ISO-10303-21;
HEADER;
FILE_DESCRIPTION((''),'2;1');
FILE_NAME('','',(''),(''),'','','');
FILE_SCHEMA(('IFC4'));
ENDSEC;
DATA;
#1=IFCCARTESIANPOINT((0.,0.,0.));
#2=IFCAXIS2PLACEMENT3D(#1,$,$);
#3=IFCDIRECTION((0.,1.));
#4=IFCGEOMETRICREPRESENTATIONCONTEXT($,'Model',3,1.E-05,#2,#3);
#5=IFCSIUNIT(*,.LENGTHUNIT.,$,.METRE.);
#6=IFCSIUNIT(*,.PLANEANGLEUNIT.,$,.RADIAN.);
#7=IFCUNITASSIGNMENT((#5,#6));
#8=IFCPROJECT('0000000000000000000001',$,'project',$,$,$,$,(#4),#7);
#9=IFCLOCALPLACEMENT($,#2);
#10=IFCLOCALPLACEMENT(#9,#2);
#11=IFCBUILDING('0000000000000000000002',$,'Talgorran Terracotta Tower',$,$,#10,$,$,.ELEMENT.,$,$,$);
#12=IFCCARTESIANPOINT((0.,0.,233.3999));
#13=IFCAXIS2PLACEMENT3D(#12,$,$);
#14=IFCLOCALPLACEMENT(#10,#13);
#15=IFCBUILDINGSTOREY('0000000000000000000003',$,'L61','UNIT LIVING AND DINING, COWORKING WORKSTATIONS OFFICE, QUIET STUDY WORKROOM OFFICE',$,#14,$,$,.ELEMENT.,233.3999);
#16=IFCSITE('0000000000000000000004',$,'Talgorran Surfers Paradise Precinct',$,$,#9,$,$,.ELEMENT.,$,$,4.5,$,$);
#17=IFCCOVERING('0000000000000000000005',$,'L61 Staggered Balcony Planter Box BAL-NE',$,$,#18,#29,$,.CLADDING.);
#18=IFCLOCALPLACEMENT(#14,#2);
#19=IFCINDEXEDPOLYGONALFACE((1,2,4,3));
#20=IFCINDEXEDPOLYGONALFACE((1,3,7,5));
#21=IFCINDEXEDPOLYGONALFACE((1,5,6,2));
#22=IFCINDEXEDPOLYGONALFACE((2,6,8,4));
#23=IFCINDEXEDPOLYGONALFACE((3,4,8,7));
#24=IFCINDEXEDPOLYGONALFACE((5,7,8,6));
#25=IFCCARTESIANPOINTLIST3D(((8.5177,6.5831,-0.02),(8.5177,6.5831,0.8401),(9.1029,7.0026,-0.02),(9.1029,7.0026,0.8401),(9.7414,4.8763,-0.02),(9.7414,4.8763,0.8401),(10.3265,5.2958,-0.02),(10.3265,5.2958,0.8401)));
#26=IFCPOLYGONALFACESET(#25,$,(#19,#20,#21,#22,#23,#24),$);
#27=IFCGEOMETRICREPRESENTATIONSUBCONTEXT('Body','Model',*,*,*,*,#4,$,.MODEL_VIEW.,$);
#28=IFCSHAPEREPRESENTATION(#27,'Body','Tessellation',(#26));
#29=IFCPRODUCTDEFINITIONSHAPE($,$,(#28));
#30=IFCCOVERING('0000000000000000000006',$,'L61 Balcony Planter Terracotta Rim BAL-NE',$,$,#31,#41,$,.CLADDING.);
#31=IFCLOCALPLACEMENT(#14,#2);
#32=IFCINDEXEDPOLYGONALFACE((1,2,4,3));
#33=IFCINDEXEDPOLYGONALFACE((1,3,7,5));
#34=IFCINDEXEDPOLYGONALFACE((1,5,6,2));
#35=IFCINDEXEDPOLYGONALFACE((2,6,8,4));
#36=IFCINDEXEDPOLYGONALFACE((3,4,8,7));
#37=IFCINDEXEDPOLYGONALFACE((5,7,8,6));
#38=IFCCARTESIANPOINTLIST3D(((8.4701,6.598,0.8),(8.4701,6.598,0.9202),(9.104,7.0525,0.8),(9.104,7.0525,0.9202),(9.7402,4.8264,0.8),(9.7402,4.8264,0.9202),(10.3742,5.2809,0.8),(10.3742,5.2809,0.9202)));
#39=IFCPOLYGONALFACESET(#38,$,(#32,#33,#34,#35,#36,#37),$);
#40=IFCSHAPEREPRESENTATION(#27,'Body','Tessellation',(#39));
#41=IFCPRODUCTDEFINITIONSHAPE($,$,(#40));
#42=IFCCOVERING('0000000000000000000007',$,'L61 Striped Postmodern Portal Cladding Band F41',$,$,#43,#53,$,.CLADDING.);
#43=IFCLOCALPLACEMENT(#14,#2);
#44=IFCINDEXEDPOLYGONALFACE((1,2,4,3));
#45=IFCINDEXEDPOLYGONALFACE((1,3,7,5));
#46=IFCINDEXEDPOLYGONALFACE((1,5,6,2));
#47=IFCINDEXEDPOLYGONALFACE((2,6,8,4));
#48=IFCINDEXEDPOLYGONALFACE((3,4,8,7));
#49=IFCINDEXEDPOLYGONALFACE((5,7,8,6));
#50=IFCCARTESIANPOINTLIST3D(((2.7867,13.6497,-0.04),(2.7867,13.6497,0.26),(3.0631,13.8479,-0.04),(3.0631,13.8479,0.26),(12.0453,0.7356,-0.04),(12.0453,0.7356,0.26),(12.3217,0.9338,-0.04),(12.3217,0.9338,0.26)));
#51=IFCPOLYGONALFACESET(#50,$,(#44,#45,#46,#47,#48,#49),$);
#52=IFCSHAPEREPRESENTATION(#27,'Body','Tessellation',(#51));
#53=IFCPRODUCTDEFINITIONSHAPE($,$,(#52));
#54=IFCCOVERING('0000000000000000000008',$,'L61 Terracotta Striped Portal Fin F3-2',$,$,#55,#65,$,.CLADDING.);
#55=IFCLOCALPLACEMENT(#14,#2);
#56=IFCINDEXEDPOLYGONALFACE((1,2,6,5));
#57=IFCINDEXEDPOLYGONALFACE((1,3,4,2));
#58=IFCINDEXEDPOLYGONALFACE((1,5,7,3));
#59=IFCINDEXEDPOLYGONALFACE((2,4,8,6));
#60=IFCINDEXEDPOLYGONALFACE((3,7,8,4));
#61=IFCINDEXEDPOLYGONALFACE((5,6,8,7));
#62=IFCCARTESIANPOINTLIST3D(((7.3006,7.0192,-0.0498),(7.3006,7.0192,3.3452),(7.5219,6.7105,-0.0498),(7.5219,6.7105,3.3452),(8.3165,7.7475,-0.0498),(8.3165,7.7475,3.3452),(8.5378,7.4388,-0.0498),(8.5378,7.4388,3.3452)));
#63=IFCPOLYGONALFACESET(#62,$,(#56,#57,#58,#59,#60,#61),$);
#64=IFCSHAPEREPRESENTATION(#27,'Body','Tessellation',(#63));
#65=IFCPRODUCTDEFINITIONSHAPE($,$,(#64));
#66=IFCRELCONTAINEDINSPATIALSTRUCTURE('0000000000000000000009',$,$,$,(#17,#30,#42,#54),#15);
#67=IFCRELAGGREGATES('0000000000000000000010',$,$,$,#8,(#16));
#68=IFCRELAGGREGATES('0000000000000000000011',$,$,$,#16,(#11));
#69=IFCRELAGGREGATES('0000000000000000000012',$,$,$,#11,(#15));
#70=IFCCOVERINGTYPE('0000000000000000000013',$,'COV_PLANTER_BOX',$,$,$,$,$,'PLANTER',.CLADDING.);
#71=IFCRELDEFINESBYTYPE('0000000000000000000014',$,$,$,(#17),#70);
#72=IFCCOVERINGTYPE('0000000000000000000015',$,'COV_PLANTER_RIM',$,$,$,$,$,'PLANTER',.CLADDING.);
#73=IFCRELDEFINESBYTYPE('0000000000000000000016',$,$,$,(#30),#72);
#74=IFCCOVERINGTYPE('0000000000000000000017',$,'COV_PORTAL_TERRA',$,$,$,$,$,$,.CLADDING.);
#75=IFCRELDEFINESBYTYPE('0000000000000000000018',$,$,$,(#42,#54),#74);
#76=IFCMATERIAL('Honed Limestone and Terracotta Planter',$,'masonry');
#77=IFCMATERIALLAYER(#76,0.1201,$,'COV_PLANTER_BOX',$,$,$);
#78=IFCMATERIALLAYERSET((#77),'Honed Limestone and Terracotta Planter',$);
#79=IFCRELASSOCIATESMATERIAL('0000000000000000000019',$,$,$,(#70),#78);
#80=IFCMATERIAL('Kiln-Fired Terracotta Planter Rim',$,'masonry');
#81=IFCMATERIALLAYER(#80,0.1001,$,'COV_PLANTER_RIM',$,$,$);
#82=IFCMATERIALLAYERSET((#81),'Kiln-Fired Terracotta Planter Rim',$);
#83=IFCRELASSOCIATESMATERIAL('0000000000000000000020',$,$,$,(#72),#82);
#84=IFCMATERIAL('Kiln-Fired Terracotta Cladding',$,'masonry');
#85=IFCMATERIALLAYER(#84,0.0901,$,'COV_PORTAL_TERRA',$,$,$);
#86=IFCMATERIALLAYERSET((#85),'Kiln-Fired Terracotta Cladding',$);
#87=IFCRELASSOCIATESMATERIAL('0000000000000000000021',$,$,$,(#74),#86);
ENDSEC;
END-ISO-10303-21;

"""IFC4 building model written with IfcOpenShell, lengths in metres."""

from ifc_helpers import new_model, si_unit, direction, frame, origin, origin_2d, place, context, subcontext, project, spatial, rectangle, extrude, material, layer, layer_set, type_object, element, save


model = new_model("IFC4")

# Units and contexts
model_context = context("Model", 3, precision=1e-05, world=origin(), true_north=direction((0.0, 1.0)))
body_context = subcontext(model_context, "Body", "Model", "MODEL_VIEW")
ifc_project = project(units=[si_unit("LENGTHUNIT", "METRE"), si_unit("PLANEANGLEUNIT", "RADIAN")], contexts=[model_context])

# Site, building, storey
site_placement = place(None, origin())
site = spatial("IfcSite", under=ifc_project, at=site_placement, Name="Talgorran Surfers Paradise Precinct", CompositionType="ELEMENT", RefElevation=4.5)
building_placement = place(site_placement, origin())
building = spatial("IfcBuilding", under=site, at=building_placement, Name="Talgorran Terracotta Tower", CompositionType="ELEMENT")
storey_placement = place(building_placement, frame((0.0, 0.0, 233.3999)))
storey = spatial("IfcBuildingStorey", under=building, at=storey_placement, Name="L61", Description="UNIT LIVING AND DINING, COWORKING WORKSTATIONS OFFICE, QUIET STUDY WORKROOM OFFICE", CompositionType="ELEMENT", Elevation=233.3999)

# Coverings
ifc_material_1 = material(Name="Honed Limestone and Terracotta Planter", Category="masonry")
ifc_layer_1 = layer(ifc_material_1, 0.1201, Name="COV_PLANTER_BOX")
ifc_layer_set_1 = layer_set([ifc_layer_1], Name="Honed Limestone and Terracotta Planter")
covering_type_1 = type_object("IfcCoveringType", Name="COV_PLANTER_BOX", ElementType="PLANTER", PredefinedType="CLADDING", material=ifc_layer_set_1)
covering_1_placement = place(storey_placement, frame((9.4221, 5.9395, -0.02), z_axis=(0.0, 0.0, 1.0), x_axis=(-0.582662, 0.812715, 0.0)))
element("IfcCovering", 1, at=covering_1_placement, inside=storey, type_object=covering_type_1, Name="L61 Staggered Balcony Planter Box BAL-NE", PredefinedType="CLADDING", context=body_context, shape_type="SweptSolid", body=[
    extrude(rectangle(XDim=2.1001, YDim=0.72, at=origin_2d()), origin(), (0.0, 0.0, 1.0), 0.8601),
])
ifc_material_2 = material(Name="Kiln-Fired Terracotta Planter Rim", Category="masonry")
ifc_layer_2 = layer(ifc_material_2, 0.1001, Name="COV_PLANTER_RIM")
ifc_layer_set_2 = layer_set([ifc_layer_2], Name="Kiln-Fired Terracotta Planter Rim")
covering_type_2 = type_object("IfcCoveringType", Name="COV_PLANTER_RIM", ElementType="PLANTER", PredefinedType="CLADDING", material=ifc_layer_set_2)
covering_2_placement = place(storey_placement, frame((9.4221, 5.9395, 0.8), z_axis=(0.0, 0.0, 1.0), x_axis=(-0.582662, 0.812715, 0.0)))
element("IfcCovering", 2, at=covering_2_placement, inside=storey, type_object=covering_type_2, Name="L61 Balcony Planter Terracotta Rim BAL-NE", PredefinedType="CLADDING", context=body_context, shape_type="SweptSolid", body=[
    extrude(rectangle(XDim=2.1799, YDim=0.78, at=origin_2d()), origin(), (0.0, 0.0, 1.0), 0.1201),
])
ifc_material_3 = material(Name="Kiln-Fired Terracotta Cladding", Category="masonry")
ifc_layer_3 = layer(ifc_material_3, 0.0901, Name="COV_PORTAL_TERRA")
ifc_layer_set_3 = layer_set([ifc_layer_3], Name="Kiln-Fired Terracotta Cladding")
covering_type_3 = type_object("IfcCoveringType", Name="COV_PORTAL_TERRA", PredefinedType="CLADDING", material=ifc_layer_set_3)
covering_3_placement = place(storey_placement, frame((7.5542, 7.2917, -0.04), z_axis=(0.0, 0.0, 1.0), x_axis=(-0.582662, 0.812715, 0.0)))
element("IfcCovering", 3, at=covering_3_placement, inside=storey, type_object=covering_type_3, Name="L61 Striped Postmodern Portal Cladding Band F41", PredefinedType="CLADDING", context=body_context, shape_type="SweptSolid", body=[
    extrude(rectangle(XDim=15.8901, YDim=0.3401, at=origin_2d()), origin(), (0.0, 0.0, 1.0), 0.3),
])
covering_4_placement = place(storey_placement, frame((7.9192, 7.229, -0.0498), z_axis=(0.0, 0.0, 1.0), x_axis=(-0.582662, 0.812715, 0.0)))
element("IfcCovering", 4, at=covering_4_placement, inside=storey, type_object=covering_type_3, Name="L61 Terracotta Striped Portal Fin F3-2", PredefinedType="CLADDING", context=body_context, shape_type="SweptSolid", body=[
    extrude(rectangle(XDim=0.3799, YDim=1.25, at=origin_2d()), origin(), (0.0, 0.0, 1.0), 3.395),
])

save(model, "model.ifc")
